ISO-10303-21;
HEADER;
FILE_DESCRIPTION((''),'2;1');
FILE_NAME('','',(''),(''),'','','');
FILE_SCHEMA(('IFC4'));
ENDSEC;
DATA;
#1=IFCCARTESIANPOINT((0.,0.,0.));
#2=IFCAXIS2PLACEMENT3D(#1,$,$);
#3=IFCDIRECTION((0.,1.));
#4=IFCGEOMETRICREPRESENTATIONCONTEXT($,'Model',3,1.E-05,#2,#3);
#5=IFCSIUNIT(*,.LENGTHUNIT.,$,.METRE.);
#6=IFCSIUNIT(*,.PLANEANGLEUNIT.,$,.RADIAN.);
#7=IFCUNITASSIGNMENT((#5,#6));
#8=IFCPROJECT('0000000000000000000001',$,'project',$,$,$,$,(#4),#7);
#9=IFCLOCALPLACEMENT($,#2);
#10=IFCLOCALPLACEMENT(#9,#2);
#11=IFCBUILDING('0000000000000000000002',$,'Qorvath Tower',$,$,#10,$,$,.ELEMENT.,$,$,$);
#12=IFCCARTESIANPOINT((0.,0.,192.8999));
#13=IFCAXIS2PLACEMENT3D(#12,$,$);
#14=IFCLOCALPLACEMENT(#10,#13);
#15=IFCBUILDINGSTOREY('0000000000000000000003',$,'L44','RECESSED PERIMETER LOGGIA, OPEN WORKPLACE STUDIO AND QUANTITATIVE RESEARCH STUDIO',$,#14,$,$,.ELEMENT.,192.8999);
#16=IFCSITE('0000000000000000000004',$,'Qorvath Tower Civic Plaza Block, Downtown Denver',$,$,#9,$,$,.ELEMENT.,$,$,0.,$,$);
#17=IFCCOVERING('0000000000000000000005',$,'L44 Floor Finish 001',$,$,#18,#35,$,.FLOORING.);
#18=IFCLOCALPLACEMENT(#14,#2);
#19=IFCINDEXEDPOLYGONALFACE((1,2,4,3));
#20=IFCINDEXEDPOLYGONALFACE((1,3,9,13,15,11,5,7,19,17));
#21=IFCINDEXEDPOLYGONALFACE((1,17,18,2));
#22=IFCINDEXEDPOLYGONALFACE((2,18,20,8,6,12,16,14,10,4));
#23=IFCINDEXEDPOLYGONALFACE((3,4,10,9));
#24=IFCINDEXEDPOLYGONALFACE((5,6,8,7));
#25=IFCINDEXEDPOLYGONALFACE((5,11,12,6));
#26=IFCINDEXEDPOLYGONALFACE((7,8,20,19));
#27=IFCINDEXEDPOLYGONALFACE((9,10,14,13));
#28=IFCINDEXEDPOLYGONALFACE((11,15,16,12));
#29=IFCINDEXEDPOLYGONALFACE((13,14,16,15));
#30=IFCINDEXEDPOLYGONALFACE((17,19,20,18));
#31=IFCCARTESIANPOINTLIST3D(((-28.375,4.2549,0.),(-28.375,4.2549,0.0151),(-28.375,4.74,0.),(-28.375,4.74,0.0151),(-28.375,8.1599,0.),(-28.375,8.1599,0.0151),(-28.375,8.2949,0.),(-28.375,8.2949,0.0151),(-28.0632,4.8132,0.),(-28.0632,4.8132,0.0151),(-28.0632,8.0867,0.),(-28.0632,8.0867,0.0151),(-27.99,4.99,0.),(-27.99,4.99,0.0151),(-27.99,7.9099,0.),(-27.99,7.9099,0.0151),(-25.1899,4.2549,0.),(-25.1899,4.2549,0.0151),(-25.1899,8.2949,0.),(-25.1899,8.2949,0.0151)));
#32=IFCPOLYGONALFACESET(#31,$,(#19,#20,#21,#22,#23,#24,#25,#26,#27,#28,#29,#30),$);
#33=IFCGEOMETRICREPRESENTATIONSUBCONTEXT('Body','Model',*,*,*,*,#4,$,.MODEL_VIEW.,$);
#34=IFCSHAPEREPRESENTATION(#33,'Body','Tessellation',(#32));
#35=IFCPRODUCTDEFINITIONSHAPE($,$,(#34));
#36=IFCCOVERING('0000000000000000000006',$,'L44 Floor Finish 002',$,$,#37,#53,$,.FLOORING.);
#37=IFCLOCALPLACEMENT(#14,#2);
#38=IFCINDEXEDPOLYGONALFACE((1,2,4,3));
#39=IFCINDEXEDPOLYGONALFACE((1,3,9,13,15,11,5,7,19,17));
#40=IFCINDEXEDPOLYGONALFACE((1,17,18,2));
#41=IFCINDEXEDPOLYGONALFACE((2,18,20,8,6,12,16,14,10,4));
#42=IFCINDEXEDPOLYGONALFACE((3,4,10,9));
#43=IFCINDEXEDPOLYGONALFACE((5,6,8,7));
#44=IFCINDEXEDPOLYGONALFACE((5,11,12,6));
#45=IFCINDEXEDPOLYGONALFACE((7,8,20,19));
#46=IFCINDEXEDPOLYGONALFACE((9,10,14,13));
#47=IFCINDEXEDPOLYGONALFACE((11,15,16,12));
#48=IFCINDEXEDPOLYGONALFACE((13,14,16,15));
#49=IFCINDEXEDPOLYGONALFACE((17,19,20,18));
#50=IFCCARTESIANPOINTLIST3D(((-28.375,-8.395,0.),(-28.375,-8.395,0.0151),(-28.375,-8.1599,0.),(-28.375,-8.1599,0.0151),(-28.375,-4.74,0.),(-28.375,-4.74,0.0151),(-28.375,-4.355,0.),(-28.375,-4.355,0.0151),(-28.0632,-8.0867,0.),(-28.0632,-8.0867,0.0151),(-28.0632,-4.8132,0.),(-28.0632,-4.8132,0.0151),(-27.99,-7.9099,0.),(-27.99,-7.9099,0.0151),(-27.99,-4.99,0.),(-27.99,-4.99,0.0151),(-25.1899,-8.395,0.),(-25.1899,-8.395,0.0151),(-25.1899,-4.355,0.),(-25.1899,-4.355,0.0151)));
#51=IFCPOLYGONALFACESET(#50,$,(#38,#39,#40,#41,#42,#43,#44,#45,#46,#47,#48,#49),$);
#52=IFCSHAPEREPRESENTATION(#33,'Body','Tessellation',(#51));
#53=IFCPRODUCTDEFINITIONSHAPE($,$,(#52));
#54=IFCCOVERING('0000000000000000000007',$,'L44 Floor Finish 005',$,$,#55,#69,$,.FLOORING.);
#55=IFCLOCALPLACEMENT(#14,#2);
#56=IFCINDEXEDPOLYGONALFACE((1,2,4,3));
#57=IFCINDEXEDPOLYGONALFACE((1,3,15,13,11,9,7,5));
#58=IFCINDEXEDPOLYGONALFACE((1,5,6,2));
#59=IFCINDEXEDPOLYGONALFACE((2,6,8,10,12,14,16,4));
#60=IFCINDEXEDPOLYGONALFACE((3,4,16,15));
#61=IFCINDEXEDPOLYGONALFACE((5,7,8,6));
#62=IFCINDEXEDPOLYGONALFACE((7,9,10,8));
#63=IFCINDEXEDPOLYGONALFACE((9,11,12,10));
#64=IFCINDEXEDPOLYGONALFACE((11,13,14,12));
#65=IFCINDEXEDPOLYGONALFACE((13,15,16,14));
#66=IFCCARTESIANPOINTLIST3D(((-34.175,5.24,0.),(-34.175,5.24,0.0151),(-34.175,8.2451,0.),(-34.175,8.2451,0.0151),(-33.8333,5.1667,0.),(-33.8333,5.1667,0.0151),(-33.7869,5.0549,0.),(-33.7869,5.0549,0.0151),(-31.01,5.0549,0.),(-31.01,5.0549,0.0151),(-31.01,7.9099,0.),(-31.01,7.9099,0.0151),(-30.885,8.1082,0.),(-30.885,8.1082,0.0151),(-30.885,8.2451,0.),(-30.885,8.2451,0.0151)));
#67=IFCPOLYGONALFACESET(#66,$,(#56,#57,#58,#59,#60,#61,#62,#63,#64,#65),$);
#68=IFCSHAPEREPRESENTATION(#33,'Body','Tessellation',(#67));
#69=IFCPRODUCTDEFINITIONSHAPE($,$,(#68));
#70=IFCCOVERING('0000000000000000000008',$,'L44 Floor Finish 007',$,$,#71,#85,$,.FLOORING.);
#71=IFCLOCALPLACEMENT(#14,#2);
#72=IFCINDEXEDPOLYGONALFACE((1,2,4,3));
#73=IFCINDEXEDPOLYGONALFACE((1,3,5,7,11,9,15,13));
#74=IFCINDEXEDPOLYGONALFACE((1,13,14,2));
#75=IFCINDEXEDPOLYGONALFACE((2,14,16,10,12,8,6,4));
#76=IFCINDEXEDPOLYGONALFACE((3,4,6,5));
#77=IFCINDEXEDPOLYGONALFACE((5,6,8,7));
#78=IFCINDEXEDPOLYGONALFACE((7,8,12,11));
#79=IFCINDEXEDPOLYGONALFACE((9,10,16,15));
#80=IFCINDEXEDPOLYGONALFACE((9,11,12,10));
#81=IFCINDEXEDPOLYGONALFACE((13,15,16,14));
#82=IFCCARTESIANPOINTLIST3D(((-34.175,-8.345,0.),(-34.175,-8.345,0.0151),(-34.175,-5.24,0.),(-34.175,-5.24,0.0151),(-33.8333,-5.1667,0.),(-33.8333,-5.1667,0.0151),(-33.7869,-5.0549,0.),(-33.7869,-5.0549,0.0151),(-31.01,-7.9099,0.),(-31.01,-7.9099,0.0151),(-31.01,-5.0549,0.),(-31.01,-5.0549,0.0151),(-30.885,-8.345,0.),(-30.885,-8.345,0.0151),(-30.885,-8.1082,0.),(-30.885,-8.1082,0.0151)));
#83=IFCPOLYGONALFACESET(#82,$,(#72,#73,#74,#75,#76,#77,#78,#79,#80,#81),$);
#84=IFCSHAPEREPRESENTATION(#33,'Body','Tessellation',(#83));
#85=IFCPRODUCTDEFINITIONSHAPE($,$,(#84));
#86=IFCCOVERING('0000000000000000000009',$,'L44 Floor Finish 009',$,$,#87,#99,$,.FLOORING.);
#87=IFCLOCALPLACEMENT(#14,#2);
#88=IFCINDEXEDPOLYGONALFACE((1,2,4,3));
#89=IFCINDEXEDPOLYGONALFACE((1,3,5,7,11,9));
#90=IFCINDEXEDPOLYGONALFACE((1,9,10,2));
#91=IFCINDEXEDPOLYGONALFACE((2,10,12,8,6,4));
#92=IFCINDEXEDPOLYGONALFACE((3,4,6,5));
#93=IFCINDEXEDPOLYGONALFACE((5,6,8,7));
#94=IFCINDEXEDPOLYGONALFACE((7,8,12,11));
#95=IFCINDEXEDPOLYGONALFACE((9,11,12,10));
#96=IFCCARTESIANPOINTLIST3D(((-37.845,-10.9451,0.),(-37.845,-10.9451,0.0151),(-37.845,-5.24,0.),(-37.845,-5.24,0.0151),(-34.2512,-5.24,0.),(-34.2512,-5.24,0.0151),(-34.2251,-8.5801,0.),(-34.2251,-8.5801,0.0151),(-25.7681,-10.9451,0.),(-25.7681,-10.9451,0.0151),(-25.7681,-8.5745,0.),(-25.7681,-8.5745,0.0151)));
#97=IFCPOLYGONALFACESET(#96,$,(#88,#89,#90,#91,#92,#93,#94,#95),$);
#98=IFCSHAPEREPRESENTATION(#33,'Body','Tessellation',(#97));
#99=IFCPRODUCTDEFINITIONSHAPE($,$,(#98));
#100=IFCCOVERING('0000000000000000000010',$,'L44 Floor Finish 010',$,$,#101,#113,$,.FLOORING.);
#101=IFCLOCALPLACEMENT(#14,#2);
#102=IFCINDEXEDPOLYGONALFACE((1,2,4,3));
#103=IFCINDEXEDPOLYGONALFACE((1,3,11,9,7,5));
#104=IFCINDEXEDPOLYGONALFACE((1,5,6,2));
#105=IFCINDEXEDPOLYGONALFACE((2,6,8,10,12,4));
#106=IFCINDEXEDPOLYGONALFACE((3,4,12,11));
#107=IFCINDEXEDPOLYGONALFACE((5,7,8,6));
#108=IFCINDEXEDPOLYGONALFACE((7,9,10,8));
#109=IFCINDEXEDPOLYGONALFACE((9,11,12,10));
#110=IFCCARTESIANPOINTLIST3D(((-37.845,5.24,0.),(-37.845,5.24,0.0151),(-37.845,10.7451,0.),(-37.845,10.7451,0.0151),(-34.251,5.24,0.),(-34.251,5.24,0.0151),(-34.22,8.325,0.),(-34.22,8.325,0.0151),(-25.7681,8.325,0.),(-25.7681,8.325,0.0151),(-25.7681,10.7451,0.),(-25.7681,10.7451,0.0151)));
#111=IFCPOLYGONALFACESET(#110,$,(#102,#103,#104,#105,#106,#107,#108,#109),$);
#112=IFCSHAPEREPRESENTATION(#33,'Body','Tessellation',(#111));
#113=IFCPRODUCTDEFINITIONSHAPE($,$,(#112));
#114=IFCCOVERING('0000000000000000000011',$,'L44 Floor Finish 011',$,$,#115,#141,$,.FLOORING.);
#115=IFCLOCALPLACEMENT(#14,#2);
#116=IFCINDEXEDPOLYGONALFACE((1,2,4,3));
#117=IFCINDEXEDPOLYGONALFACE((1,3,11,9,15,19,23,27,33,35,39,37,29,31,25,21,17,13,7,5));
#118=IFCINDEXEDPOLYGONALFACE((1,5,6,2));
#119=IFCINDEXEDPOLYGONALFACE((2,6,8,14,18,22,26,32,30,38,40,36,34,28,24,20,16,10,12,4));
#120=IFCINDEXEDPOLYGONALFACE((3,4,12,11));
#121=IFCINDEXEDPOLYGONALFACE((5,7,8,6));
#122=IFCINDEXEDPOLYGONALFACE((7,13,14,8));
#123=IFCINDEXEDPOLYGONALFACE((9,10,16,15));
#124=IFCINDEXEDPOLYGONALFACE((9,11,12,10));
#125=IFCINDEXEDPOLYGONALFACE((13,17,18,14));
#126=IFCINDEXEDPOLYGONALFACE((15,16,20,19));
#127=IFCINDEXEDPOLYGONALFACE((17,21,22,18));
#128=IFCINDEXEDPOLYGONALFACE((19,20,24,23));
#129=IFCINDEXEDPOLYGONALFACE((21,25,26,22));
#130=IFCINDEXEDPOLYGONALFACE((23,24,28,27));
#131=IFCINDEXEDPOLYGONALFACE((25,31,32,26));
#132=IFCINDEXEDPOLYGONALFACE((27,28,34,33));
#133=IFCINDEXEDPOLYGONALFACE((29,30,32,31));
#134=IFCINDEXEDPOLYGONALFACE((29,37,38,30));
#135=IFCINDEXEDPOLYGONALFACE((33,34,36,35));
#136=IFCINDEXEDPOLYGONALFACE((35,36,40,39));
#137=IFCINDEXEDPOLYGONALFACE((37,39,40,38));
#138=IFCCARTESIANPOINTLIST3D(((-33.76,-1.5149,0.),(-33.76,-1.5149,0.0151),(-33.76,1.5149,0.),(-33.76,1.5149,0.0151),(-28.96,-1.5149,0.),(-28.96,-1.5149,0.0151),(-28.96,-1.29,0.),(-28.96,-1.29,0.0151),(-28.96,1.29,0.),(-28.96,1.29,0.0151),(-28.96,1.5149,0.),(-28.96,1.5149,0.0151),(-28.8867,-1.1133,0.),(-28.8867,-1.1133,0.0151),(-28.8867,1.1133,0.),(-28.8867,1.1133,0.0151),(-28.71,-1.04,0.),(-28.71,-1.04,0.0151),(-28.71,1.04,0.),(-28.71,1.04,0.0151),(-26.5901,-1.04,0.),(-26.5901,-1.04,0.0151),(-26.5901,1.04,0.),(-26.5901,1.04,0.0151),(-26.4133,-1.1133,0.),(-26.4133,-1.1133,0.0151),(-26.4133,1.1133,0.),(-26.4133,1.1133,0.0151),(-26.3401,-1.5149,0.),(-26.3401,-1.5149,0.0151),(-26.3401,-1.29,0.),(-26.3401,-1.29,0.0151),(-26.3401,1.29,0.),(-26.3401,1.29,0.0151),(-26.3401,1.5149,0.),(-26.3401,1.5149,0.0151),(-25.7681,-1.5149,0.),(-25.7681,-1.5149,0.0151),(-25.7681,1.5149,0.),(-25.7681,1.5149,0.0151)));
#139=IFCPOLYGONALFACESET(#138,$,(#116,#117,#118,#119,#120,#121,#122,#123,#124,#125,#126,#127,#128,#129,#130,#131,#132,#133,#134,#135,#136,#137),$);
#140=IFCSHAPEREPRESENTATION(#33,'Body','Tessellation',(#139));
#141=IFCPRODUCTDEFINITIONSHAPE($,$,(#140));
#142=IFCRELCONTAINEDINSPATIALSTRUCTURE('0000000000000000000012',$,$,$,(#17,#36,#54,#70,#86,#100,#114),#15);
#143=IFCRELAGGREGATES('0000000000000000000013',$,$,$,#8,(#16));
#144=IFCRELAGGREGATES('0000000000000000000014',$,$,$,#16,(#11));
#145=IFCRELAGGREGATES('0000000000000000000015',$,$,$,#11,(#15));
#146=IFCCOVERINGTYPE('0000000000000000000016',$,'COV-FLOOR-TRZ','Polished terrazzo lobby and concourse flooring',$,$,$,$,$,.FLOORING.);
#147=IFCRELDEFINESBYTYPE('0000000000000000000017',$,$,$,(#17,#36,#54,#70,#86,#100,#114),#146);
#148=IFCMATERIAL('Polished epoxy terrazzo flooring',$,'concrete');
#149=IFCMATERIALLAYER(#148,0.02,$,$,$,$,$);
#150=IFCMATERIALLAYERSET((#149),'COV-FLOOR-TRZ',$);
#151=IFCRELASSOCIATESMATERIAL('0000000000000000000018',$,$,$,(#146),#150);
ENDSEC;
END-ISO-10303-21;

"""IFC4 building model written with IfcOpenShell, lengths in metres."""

from ifc_helpers import new_model, si_unit, direction, frame, origin, place, context, subcontext, project, spatial, polyline, outline, extrude, material, layer, layer_set, type_object, element, save


model = new_model("IFC4")

# Units and contexts
model_context = context("Model", 3, precision=1e-05, world=origin(), true_north=direction((0.0, 1.0)))
body_context = subcontext(model_context, "Body", "Model", "MODEL_VIEW")
ifc_project = project(units=[si_unit("LENGTHUNIT", "METRE"), si_unit("PLANEANGLEUNIT", "RADIAN")], contexts=[model_context])

# Site, building, storey
site_placement = place(None, origin())
site = spatial("IfcSite", under=ifc_project, at=site_placement, Name="Qorvath Tower Civic Plaza Block, Downtown Denver", CompositionType="ELEMENT", RefElevation=0.0)
building_placement = place(site_placement, origin())
building = spatial("IfcBuilding", under=site, at=building_placement, Name="Qorvath Tower", CompositionType="ELEMENT")
storey_placement = place(building_placement, frame((0.0, 0.0, 192.8999)))
storey = spatial("IfcBuildingStorey", under=building, at=storey_placement, Name="L44", Description="RECESSED PERIMETER LOGGIA, OPEN WORKPLACE STUDIO AND QUANTITATIVE RESEARCH STUDIO", CompositionType="ELEMENT", Elevation=192.8999)

# Coverings
ifc_material_1 = material(Name="Polished epoxy terrazzo flooring", Category="concrete")
ifc_layer_1 = layer(ifc_material_1, 0.02)
ifc_layer_set_1 = layer_set([ifc_layer_1], Name="COV-FLOOR-TRZ")
covering_type_1 = type_object("IfcCoveringType", Name="COV-FLOOR-TRZ", Description="Polished terrazzo lobby and concourse flooring", PredefinedType="FLOORING", material=ifc_layer_set_1)
covering_1_placement = place(storey_placement, origin())
element("IfcCovering", 1, at=covering_1_placement, inside=storey, type_object=covering_type_1, Name="L44 Floor Finish 001", PredefinedType="FLOORING", context=body_context, shape_type="SweptSolid", body=[
    extrude(outline(polyline([(-25.1899, 4.2549), (-25.1899, 8.2949), (-28.375, 8.2949), (-28.375, 8.1599), (-28.0632, 8.0867), (-27.99, 7.9099), (-27.99, 4.99), (-28.0632, 4.8132), (-28.375, 4.74), (-28.375, 4.2549), (-25.1899, 4.2549)])), origin(), (0.0, 0.0, 1.0), 0.0151),
])
covering_2_placement = place(storey_placement, origin())
element("IfcCovering", 2, at=covering_2_placement, inside=storey, type_object=covering_type_1, Name="L44 Floor Finish 002", PredefinedType="FLOORING", context=body_context, shape_type="SweptSolid", body=[
    extrude(outline(polyline([(-25.1899, -8.395), (-25.1899, -4.355), (-28.375, -4.355), (-28.375, -4.74), (-28.0632, -4.8132), (-27.99, -4.99), (-27.99, -7.9099), (-28.0632, -8.0867), (-28.375, -8.1599), (-28.375, -8.395), (-25.1899, -8.395)])), origin(), (0.0, 0.0, 1.0), 0.0151),
])
covering_3_placement = place(storey_placement, origin())
element("IfcCovering", 3, at=covering_3_placement, inside=storey, type_object=covering_type_1, Name="L44 Floor Finish 005", PredefinedType="FLOORING", context=body_context, shape_type="SweptSolid", body=[
    extrude(outline(polyline([(-31.01, 5.0549), (-31.01, 7.9099), (-30.885, 8.1082), (-30.885, 8.2451), (-34.175, 8.2451), (-34.175, 5.24), (-33.8333, 5.1667), (-33.7869, 5.0549), (-31.01, 5.0549)])), origin(), (0.0, 0.0, 1.0), 0.0151),
])
covering_4_placement = place(storey_placement, origin())
element("IfcCovering", 4, at=covering_4_placement, inside=storey, type_object=covering_type_1, Name="L44 Floor Finish 007", PredefinedType="FLOORING", context=body_context, shape_type="SweptSolid", body=[
    extrude(outline(polyline([(-30.885, -8.1082), (-31.01, -7.9099), (-31.01, -5.0549), (-33.7869, -5.0549), (-33.8333, -5.1667), (-34.175, -5.24), (-34.175, -8.345), (-30.885, -8.345), (-30.885, -8.1082)])), origin(), (0.0, 0.0, 1.0), 0.0151),
])
covering_5_placement = place(storey_placement, origin())
element("IfcCovering", 5, at=covering_5_placement, inside=storey, type_object=covering_type_1, Name="L44 Floor Finish 009", PredefinedType="FLOORING", context=body_context, shape_type="SweptSolid", body=[
    extrude(outline(polyline([(-34.2251, -8.5801), (-34.2512, -5.24), (-37.845, -5.24), (-37.845, -10.9451), (-25.7681, -10.9451), (-25.7681, -8.5745), (-34.2251, -8.5801)])), origin(), (0.0, 0.0, 1.0), 0.0151),
])
covering_6_placement = place(storey_placement, origin())
element("IfcCovering", 6, at=covering_6_placement, inside=storey, type_object=covering_type_1, Name="L44 Floor Finish 010", PredefinedType="FLOORING", context=body_context, shape_type="SweptSolid", body=[
    extrude(outline(polyline([(-25.7681, 8.325), (-25.7681, 10.7451), (-37.845, 10.7451), (-37.845, 5.24), (-34.251, 5.24), (-34.22, 8.325), (-25.7681, 8.325)])), origin(), (0.0, 0.0, 1.0), 0.0151),
])
covering_7_placement = place(storey_placement, origin())
element("IfcCovering", 7, at=covering_7_placement, inside=storey, type_object=covering_type_1, Name="L44 Floor Finish 011", PredefinedType="FLOORING", context=body_context, shape_type="SweptSolid", body=[
    extrude(outline(polyline([(-25.7681, -1.5149), (-25.7681, 1.5149), (-26.3401, 1.5149), (-26.3401, 1.29), (-26.4133, 1.1133), (-26.5901, 1.04), (-28.71, 1.04), (-28.8867, 1.1133), (-28.96, 1.29), (-28.96, 1.5149), (-33.76, 1.5149), (-33.76, -1.5149), (-28.96, -1.5149), (-28.96, -1.29), (-28.8867, -1.1133), (-28.71, -1.04), (-26.5901, -1.04), (-26.4133, -1.1133), (-26.3401, -1.29), (-26.3401, -1.5149), (-25.7681, -1.5149)])), origin(), (0.0, 0.0, 1.0), 0.0151),
])

save(model, "model.ifc")
